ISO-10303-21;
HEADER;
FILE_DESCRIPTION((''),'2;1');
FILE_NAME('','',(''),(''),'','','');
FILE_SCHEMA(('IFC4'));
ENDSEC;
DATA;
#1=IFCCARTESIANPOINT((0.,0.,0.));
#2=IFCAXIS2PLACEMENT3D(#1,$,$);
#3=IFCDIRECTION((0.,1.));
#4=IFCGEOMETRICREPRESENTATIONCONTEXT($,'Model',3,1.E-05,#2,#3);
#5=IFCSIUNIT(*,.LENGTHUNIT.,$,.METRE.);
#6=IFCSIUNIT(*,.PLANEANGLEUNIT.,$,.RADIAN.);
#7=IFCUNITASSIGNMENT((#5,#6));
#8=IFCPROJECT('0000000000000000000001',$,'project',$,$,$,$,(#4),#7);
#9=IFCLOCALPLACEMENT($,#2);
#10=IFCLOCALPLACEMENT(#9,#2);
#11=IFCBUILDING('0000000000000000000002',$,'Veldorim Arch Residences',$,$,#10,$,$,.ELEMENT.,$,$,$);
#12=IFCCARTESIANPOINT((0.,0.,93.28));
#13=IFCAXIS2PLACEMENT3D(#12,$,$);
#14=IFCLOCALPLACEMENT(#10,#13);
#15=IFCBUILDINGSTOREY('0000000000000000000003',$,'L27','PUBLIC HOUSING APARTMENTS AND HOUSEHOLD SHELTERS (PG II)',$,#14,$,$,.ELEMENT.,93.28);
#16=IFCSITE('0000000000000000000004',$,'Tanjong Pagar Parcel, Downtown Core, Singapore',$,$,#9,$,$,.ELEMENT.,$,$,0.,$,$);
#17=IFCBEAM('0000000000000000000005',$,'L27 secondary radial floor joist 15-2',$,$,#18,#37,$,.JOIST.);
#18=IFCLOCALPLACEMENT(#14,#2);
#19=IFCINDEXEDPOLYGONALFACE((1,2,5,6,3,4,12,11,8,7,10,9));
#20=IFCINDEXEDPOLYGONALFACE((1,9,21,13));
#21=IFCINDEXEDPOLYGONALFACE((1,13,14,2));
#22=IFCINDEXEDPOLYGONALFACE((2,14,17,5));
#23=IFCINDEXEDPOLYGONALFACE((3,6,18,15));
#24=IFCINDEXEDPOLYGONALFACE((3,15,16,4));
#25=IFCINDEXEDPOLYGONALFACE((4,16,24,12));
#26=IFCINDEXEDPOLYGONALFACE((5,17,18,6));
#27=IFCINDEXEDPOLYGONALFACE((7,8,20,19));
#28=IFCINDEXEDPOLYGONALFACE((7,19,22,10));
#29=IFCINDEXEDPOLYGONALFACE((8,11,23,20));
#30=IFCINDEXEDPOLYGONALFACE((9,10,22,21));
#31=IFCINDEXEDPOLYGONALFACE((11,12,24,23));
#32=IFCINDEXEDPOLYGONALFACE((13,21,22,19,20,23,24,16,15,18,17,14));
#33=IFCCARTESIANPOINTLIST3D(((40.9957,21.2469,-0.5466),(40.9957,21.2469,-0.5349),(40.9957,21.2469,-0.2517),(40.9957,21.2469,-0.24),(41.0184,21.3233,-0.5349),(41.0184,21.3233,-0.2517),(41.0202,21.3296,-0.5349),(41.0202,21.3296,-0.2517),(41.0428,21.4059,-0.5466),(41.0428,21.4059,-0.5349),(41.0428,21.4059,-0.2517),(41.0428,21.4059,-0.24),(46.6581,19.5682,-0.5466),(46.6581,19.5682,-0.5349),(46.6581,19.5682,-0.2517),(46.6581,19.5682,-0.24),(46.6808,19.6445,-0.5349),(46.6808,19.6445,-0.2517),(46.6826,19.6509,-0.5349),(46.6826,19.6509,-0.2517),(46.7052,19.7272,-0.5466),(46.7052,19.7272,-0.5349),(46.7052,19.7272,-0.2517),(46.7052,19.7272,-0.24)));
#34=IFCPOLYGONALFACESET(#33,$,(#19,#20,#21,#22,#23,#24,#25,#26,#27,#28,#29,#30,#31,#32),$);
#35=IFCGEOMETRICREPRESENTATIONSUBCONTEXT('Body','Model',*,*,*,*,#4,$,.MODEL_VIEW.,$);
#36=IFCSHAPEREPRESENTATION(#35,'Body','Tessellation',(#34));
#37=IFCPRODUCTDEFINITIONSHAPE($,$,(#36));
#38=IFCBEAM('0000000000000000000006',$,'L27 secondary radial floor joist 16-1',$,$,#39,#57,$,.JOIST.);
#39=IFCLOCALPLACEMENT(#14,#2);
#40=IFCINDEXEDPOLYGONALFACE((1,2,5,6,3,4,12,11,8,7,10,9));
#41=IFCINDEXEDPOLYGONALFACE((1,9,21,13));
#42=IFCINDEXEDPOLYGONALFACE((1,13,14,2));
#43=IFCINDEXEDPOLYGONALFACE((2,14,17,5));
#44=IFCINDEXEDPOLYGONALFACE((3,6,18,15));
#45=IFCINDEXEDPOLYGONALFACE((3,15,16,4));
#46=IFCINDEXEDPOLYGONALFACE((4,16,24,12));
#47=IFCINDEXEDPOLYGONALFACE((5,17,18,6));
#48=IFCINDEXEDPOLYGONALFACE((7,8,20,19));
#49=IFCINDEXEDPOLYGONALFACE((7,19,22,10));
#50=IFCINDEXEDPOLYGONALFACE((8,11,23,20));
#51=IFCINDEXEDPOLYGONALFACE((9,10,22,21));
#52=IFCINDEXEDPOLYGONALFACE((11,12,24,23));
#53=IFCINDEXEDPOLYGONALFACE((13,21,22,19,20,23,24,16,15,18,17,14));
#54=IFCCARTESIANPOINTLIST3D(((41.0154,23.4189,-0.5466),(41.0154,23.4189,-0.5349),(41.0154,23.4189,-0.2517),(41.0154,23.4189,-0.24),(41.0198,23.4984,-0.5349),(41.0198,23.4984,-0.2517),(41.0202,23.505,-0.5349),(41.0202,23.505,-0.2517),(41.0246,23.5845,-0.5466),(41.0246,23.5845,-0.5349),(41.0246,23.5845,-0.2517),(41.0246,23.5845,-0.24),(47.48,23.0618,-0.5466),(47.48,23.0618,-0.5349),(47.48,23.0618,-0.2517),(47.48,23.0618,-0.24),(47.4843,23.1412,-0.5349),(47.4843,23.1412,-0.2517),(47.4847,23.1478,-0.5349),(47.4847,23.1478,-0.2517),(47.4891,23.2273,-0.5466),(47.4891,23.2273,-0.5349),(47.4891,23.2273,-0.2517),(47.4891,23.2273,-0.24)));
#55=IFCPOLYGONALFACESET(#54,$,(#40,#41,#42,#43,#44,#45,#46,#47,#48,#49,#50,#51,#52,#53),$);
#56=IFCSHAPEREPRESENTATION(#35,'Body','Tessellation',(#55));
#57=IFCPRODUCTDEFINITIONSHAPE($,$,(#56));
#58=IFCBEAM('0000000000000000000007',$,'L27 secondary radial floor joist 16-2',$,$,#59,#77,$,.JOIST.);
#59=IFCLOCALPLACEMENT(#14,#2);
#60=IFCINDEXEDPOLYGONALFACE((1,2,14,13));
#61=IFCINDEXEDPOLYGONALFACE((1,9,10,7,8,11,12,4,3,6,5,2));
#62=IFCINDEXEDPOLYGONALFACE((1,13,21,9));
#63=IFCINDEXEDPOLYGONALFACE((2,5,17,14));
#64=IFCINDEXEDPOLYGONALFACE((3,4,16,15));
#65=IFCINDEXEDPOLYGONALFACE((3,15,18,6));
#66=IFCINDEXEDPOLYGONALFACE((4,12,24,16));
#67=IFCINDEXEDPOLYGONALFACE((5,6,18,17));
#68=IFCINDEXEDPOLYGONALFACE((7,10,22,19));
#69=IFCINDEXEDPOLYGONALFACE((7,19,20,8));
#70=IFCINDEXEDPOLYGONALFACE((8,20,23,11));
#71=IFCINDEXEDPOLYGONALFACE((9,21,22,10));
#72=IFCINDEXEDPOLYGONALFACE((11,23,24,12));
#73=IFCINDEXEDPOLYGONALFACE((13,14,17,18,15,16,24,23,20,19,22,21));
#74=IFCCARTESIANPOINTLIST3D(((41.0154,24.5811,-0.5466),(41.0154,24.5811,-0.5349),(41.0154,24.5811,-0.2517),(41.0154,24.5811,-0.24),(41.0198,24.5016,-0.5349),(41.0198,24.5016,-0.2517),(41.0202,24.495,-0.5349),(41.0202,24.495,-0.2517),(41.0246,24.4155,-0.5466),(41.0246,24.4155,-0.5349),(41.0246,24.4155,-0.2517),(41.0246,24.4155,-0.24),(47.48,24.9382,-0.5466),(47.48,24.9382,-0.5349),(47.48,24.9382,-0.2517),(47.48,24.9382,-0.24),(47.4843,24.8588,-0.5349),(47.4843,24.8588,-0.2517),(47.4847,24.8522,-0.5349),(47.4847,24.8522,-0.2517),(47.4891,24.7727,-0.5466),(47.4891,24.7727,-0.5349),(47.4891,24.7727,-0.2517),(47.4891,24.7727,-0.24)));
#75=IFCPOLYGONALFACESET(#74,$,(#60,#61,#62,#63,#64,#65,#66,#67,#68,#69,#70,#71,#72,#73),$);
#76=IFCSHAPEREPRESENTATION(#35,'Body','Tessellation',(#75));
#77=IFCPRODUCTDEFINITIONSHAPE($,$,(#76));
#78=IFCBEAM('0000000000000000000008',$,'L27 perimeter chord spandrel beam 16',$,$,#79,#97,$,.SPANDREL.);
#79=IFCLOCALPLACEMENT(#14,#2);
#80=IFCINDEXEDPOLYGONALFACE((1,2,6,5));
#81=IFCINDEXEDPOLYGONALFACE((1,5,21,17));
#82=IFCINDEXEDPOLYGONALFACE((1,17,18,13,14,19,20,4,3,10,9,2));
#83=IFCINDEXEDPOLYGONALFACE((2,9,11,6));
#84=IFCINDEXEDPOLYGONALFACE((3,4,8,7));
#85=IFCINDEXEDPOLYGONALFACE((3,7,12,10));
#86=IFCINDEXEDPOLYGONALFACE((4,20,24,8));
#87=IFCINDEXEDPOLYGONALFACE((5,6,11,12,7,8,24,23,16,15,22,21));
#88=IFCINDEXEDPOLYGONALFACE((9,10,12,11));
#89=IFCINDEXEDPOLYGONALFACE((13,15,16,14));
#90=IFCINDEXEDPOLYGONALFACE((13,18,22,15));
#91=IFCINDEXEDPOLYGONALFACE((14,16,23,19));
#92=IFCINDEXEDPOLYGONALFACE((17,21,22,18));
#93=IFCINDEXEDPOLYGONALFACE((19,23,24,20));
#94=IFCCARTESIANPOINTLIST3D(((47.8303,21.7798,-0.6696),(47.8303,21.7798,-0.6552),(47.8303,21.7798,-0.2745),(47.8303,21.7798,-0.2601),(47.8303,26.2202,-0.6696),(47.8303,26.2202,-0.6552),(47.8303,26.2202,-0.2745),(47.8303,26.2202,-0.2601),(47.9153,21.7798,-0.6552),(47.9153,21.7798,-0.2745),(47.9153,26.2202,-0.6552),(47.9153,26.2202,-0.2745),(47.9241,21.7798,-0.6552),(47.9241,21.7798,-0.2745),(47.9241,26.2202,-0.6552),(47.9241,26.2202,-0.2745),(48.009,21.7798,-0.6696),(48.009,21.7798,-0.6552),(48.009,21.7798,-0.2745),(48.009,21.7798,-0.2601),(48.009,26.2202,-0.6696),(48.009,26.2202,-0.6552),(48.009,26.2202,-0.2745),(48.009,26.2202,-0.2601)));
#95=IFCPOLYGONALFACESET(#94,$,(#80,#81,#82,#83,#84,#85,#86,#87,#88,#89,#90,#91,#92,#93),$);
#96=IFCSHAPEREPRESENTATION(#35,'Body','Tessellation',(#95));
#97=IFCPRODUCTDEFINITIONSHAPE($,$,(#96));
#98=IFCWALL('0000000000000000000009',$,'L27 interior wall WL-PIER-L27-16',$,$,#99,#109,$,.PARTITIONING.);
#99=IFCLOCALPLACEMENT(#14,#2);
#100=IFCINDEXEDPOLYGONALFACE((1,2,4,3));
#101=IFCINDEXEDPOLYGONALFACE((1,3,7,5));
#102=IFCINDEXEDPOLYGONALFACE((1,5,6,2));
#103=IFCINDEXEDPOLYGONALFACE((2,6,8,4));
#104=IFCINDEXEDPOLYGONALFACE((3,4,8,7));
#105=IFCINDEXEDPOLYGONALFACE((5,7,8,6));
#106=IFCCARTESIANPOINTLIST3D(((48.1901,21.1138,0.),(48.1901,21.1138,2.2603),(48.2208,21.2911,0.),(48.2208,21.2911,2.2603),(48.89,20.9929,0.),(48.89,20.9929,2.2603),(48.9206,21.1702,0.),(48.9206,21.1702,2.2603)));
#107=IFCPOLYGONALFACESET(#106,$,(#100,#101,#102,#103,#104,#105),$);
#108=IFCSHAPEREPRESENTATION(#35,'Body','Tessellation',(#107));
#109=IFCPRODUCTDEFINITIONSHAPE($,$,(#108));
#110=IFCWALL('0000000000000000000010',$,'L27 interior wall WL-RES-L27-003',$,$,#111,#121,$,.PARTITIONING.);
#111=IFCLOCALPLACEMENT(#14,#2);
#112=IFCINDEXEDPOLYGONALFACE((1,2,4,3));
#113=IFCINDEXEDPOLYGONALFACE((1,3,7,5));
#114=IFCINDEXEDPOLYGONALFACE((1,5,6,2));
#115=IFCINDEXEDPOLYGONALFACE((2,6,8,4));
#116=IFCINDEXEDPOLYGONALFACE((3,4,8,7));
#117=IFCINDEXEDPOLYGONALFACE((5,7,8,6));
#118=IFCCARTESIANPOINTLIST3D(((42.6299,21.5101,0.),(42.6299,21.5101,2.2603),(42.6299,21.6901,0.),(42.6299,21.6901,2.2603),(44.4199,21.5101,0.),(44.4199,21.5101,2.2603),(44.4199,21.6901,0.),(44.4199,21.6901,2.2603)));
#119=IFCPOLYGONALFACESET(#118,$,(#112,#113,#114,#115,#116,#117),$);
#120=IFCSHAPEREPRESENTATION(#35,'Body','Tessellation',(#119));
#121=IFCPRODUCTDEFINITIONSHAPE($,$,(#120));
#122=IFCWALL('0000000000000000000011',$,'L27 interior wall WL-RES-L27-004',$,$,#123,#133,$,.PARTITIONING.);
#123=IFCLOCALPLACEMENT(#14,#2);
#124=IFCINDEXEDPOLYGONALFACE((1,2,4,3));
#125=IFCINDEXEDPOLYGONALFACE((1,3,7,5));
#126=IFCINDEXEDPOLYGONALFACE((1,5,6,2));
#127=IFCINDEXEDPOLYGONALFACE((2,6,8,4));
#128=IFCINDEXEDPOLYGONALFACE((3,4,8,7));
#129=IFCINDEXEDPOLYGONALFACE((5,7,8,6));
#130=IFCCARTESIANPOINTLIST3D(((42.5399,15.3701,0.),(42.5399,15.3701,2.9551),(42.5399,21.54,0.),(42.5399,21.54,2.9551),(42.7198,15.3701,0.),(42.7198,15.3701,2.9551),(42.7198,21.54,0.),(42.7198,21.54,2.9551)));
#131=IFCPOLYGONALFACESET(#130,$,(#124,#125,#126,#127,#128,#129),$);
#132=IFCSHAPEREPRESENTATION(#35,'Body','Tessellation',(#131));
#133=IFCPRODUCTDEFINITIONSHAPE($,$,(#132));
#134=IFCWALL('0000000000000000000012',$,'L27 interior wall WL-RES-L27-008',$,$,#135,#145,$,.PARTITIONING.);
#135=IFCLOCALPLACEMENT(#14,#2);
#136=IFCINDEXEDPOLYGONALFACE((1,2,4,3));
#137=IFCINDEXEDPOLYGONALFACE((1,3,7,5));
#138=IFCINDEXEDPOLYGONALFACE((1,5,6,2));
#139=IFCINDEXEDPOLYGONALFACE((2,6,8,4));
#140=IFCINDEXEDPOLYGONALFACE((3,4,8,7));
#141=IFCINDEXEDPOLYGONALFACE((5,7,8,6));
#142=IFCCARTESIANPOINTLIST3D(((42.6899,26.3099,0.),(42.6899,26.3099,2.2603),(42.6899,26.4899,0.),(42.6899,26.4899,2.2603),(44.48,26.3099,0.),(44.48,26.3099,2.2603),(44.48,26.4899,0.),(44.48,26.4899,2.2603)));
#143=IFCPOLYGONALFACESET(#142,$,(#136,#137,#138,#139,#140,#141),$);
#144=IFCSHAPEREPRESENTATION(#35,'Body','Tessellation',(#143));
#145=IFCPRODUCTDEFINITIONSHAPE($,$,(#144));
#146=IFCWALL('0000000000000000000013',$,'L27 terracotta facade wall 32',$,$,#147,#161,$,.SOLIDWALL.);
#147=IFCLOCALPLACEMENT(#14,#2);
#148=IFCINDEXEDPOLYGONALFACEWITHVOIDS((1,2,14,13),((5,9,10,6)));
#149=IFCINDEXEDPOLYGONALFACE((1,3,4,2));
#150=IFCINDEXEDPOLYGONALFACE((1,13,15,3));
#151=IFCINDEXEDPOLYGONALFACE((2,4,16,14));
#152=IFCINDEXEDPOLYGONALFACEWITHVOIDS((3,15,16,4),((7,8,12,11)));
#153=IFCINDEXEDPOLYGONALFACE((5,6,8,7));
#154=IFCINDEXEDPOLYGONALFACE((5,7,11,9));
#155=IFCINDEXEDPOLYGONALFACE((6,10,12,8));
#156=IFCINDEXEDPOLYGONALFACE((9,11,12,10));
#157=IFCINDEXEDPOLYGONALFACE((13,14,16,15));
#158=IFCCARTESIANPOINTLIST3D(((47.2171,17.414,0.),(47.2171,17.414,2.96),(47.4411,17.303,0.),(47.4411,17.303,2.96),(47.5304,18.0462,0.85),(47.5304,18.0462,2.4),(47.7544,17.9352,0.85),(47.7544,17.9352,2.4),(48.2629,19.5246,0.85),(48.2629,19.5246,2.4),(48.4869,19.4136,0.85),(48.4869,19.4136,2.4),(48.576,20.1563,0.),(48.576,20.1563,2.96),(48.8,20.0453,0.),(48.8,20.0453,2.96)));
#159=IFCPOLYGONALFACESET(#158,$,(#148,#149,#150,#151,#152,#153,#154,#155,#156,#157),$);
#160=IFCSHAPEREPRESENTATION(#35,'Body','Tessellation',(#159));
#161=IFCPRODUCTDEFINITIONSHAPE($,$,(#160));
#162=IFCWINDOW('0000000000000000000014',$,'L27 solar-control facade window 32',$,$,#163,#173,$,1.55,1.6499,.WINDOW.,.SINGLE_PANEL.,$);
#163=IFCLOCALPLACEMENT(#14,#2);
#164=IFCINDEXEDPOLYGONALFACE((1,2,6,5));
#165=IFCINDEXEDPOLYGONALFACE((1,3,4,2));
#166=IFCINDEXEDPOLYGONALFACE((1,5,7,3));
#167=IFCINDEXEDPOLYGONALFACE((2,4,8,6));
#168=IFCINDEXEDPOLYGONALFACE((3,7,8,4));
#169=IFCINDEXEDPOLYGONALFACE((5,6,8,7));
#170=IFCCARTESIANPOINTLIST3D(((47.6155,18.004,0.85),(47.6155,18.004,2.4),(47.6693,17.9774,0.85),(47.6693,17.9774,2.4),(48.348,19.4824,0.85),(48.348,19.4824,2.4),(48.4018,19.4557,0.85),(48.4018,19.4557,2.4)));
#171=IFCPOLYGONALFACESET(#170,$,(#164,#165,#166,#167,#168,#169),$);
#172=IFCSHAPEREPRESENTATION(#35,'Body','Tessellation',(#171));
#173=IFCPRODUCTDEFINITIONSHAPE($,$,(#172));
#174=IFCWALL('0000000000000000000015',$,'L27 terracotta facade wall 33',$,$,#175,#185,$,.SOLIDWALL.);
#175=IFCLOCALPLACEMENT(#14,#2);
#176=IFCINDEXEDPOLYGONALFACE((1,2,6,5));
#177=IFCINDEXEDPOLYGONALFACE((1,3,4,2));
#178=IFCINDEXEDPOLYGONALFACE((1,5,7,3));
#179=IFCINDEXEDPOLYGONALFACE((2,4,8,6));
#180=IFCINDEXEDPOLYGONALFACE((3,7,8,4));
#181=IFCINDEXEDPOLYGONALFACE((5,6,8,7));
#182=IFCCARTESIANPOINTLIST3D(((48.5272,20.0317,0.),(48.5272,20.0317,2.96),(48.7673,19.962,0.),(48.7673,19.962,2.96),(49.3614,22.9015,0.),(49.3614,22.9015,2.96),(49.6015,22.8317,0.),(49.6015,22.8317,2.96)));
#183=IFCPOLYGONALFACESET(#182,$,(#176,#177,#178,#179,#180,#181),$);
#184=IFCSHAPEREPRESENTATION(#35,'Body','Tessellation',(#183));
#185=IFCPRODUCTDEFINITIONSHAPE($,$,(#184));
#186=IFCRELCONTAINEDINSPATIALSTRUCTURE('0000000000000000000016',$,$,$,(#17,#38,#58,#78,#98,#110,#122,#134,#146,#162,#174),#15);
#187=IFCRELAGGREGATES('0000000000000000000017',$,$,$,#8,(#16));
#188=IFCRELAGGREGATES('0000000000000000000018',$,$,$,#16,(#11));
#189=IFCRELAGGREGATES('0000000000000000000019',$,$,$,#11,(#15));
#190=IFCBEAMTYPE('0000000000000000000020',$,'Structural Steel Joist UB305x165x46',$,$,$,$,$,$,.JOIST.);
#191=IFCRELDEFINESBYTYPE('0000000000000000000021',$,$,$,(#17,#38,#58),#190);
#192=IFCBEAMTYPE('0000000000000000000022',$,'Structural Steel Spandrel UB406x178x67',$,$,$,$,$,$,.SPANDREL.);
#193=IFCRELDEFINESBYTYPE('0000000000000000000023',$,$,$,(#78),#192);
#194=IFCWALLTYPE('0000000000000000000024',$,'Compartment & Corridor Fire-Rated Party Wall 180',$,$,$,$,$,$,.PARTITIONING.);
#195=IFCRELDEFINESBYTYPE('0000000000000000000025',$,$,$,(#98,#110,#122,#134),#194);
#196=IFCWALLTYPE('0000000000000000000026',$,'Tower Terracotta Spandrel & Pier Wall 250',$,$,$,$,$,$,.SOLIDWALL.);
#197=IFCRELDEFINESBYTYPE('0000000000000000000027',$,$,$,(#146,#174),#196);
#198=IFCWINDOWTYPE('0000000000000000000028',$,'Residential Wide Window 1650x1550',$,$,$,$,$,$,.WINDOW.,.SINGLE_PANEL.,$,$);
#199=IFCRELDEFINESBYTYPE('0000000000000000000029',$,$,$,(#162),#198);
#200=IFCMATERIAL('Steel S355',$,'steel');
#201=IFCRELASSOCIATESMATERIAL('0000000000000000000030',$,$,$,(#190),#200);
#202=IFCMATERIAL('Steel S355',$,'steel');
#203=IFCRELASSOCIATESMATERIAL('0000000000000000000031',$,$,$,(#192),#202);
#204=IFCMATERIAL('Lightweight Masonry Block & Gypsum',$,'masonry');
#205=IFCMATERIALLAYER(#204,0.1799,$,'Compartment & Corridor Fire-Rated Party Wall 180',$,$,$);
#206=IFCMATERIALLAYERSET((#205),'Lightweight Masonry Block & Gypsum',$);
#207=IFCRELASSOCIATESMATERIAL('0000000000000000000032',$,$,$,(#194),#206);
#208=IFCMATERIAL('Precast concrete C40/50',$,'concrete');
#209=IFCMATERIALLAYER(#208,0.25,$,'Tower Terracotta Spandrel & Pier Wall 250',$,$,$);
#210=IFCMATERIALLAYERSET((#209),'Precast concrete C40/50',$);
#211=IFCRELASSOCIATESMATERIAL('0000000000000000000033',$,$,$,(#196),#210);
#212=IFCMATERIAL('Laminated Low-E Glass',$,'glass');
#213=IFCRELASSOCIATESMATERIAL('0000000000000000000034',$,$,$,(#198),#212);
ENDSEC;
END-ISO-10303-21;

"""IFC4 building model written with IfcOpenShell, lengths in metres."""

from ifc_helpers import new_model, si_unit, direction, frame, frame_2d, origin, origin_2d, place, context, subcontext, project, spatial, rectangle, i_section, extrude, material, layer, layer_set, material_profile, profile_set, type_object, element, fill, save


model = new_model("IFC4")

# Units and contexts
model_context = context("Model", 3, precision=1e-05, world=origin(), true_north=direction((0.0, 1.0)))
body_context = subcontext(model_context, "Body", "Model", "MODEL_VIEW")
ifc_project = project(units=[si_unit("LENGTHUNIT", "METRE"), si_unit("PLANEANGLEUNIT", "RADIAN")], contexts=[model_context])

# Site, building, storey
site_placement = place(None, origin())
site = spatial("IfcSite", under=ifc_project, at=site_placement, Name="Tanjong Pagar Parcel, Downtown Core, Singapore", CompositionType="ELEMENT", RefElevation=0.0)
building_placement = place(site_placement, origin())
building = spatial("IfcBuilding", under=site, at=building_placement, Name="Veldorim Arch Residences", CompositionType="ELEMENT")
storey_placement = place(building_placement, frame((0.0, 0.0, 93.28)))
storey = spatial("IfcBuildingStorey", under=building, at=storey_placement, Name="L27", Description="PUBLIC HOUSING APARTMENTS AND HOUSEHOLD SHELTERS (PG II)", CompositionType="ELEMENT", Elevation=93.28)

# Beams
ifc_material_1 = material(Name="Steel S355", Category="steel")
ifc_material_profile_1 = material_profile(ifc_material_1, i_section(OverallWidth=0.1658, OverallDepth=0.3066, WebThickness=0.0066, FlangeThickness=0.0117, at=origin_2d()), Name="UB305x165x46")
ifc_profile_set_1 = profile_set([ifc_material_profile_1], Name="Steel S355")
beam_type_1 = type_object("IfcBeamType", Name="Structural Steel Joist UB305x165x46", PredefinedType="JOIST", material=ifc_profile_set_1)
beam_1_placement = place(storey_placement, frame((41.0193, 21.3264, -0.3933), z_axis=(0.958753, -0.28424, 0.0), x_axis=(0.28424, 0.958753, 0.0)))
element("IfcBeam", 1, at=beam_1_placement, inside=storey, type_object=beam_type_1, Name="L27 secondary radial floor joist 15-2", PredefinedType="JOIST", context=body_context, shape_type="SweptSolid", body=[
    extrude(i_section(OverallWidth=0.1658, OverallDepth=0.3066, WebThickness=0.0066, FlangeThickness=0.0117, at=origin_2d()), origin(), (0.0, 0.0, 1.0), 5.906),
])
for number, where, z_axis, x_axis, name in (
    (2, (41.02, 23.5017, -0.3933), (0.998477, -0.055167, 0.0), (0.055167, 0.998477, 0.0), "L27 secondary radial floor joist 16-1"),
    (3, (41.02, 24.4983, -0.3933), (0.998477, 0.055167, 0.0), (-0.055167, 0.998477, 0.0), "L27 secondary radial floor joist 16-2"),
):
    element("IfcBeam", number, at=place(storey_placement, frame(where, z_axis=z_axis, x_axis=x_axis)), inside=storey, type_object=beam_type_1, Name=name, PredefinedType="JOIST", context=body_context, shape_type="SweptSolid", body=[
        extrude(i_section(OverallWidth=0.1658, OverallDepth=0.3066, WebThickness=0.0066, FlangeThickness=0.0117, at=origin_2d()), origin(), (0.0, 0.0, 1.0), 6.4744),
    ])
ifc_material_2 = material(Name="Steel S355", Category="steel")
ifc_material_profile_2 = material_profile(ifc_material_2, i_section(OverallWidth=0.1787, OverallDepth=0.4094, WebThickness=0.0088, FlangeThickness=0.0144, at=origin_2d()), Name="UB406x178x67")
ifc_profile_set_2 = profile_set([ifc_material_profile_2], Name="Steel S355")
beam_type_2 = type_object("IfcBeamType", Name="Structural Steel Spandrel UB406x178x67", PredefinedType="SPANDREL", material=ifc_profile_set_2)
beam_2_placement = place(storey_placement, frame((47.9197, 21.7798, -0.4648), z_axis=(0.0, 1.0, 0.0), x_axis=(-1.0, 0.0, 0.0)))
element("IfcBeam", 4, at=beam_2_placement, inside=storey, type_object=beam_type_2, Name="L27 perimeter chord spandrel beam 16", PredefinedType="SPANDREL", context=body_context, shape_type="SweptSolid", body=[
    extrude(i_section(OverallWidth=0.1787, OverallDepth=0.4094, WebThickness=0.0088, FlangeThickness=0.0144, at=origin_2d()), origin(), (0.0, 0.0, 1.0), 4.4404),
])

# Wall
ifc_material_3 = material(Name="Lightweight Masonry Block & Gypsum", Category="masonry")
ifc_layer_1 = layer(ifc_material_3, 0.1799, Name="Compartment & Corridor Fire-Rated Party Wall 180")
ifc_layer_set_1 = layer_set([ifc_layer_1], Name="Lightweight Masonry Block & Gypsum")
wall_type_1 = type_object("IfcWallType", Name="Compartment & Corridor Fire-Rated Party Wall 180", PredefinedType="PARTITIONING", material=ifc_layer_set_1)
wall_1_placement = place(storey_placement, frame((48.2056, 21.2024, 0.0), z_axis=(0.0, 0.0, 1.0), x_axis=(0.98542, -0.170137, 0.0)))
element("IfcWall", 5, at=wall_1_placement, inside=storey, type_object=wall_type_1, Name="L27 interior wall WL-PIER-L27-16", PredefinedType="PARTITIONING", context=body_context, shape_type="SweptSolid", body=[
    extrude(rectangle(XDim=0.7102, YDim=0.1799, at=frame_2d((0.355, 0.0))), origin(), (0.0, 0.0, 1.0), 2.2603),
])

# Walls
wall_2_placement = place(storey_placement, frame((44.4199, 21.6001, 0.0), z_axis=(0.0, 0.0, 1.0), x_axis=(-1.0, 0.0, 0.0)))
element("IfcWall", 6, at=wall_2_placement, inside=storey, type_object=wall_type_1, Name="L27 interior wall WL-RES-L27-003", PredefinedType="PARTITIONING", context=body_context, shape_type="SweptSolid", body=[
    extrude(rectangle(XDim=1.79, YDim=0.1799, at=frame_2d((0.895, 0.0))), origin(), (0.0, 0.0, 1.0), 2.2603),
])
wall_3_placement = place(storey_placement, frame((42.6299, 21.54, 0.0), z_axis=(0.0, 0.0, 1.0), x_axis=(0.0, -1.0, 0.0)))
element("IfcWall", 7, at=wall_3_placement, inside=storey, type_object=wall_type_1, Name="L27 interior wall WL-RES-L27-004", PredefinedType="PARTITIONING", context=body_context, shape_type="SweptSolid", body=[
    extrude(rectangle(XDim=6.1699, YDim=0.1799, at=frame_2d((3.085, 0.0))), origin(), (0.0, 0.0, 1.0), 2.9551),
])
wall_4_placement = place(storey_placement, frame((42.6899, 26.3999, 0.0), z_axis=(0.0, 0.0, 1.0), x_axis=(1.0, 0.0, 0.0)))
element("IfcWall", 8, at=wall_4_placement, inside=storey, type_object=wall_type_1, Name="L27 interior wall WL-RES-L27-008", PredefinedType="PARTITIONING", context=body_context, shape_type="SweptSolid", body=[
    extrude(rectangle(XDim=1.79, YDim=0.1799, at=frame_2d((0.895, 0.0))), origin(), (0.0, 0.0, 1.0), 2.2603),
])

# Wall, opening, window
ifc_material_4 = material(Name="Precast concrete C40/50", Category="concrete")
ifc_layer_2 = layer(ifc_material_4, 0.25, Name="Tower Terracotta Spandrel & Pier Wall 250")
ifc_layer_set_2 = layer_set([ifc_layer_2], Name="Precast concrete C40/50")
wall_type_2 = type_object("IfcWallType", Name="Tower Terracotta Spandrel & Pier Wall 250", PredefinedType="SOLIDWALL", material=ifc_layer_set_2)
wall_5_placement = place(storey_placement, frame((48.688, 20.1008, 0.0), z_axis=(0.0, 0.0, 1.0), x_axis=(-0.443988, -0.896033, 0.0)))
wall_5 = element("IfcWall", 9, at=wall_5_placement, inside=storey, type_object=wall_type_2, Name="L27 terracotta facade wall 32", PredefinedType="SOLIDWALL", context=body_context, shape_type="SweptSolid", body=[
    extrude(rectangle(XDim=3.0605, YDim=0.25, at=frame_2d((1.5303, 0.0))), origin(), (0.0, 0.0, 1.0), 2.96),
])
opening_1_placement = place(wall_5_placement, frame((0.7051, 0.0, 0.8501)))
opening_1 = element("IfcOpeningElement", 10, at=opening_1_placement, cuts=wall_5, PredefinedType="OPENING", context=body_context, shape_type="SweptSolid", body=[
    extrude(rectangle(XDim=1.6499, YDim=1.55, at=frame_2d((0.825, 0.7749))), frame((0.0, 0.135, 0.0), z_axis=(0.0, -1.0, 0.0), x_axis=(1.0, 0.0, 0.0)), (0.0, 0.0, 1.0), 0.27),
])
ifc_material_5 = material(Name="Laminated Low-E Glass", Category="glass")
window_type_1 = type_object("IfcWindowType", Name="Residential Wide Window 1650x1550", PartitioningType="SINGLE_PANEL", PredefinedType="WINDOW", material=ifc_material_5)
window_1_placement = place(opening_1_placement, origin())
window_1 = element("IfcWindow", 11, at=window_1_placement, inside=storey, type_object=window_type_1, Name="L27 solar-control facade window 32", OverallHeight=1.55, OverallWidth=1.6499, PartitioningType="SINGLE_PANEL", PredefinedType="WINDOW", context=body_context, shape_type="SweptSolid", body=[
    extrude(rectangle(XDim=1.6499, YDim=1.55, at=frame_2d((0.825, 0.7749))), frame((0.0, 0.03, 0.0), z_axis=(0.0, -1.0, 0.0), x_axis=(1.0, 0.0, 0.0)), (0.0, 0.0, 1.0), 0.0601),
])
fill(opening_1, window_1)

# Wall
wall_6_placement = place(storey_placement, frame((49.4814, 22.8665, 0.0), z_axis=(0.0, 0.0, 1.0), x_axis=(-0.279153, -0.960247, 0.0)))
element("IfcWall", 12, at=wall_6_placement, inside=storey, type_object=wall_type_2, Name="L27 terracotta facade wall 33", PredefinedType="SOLIDWALL", context=body_context, shape_type="SweptSolid", body=[
    extrude(rectangle(XDim=2.9885, YDim=0.25, at=frame_2d((1.4941, 0.0))), origin(), (0.0, 0.0, 1.0), 2.96),
])

save(model, "model.ifc")
